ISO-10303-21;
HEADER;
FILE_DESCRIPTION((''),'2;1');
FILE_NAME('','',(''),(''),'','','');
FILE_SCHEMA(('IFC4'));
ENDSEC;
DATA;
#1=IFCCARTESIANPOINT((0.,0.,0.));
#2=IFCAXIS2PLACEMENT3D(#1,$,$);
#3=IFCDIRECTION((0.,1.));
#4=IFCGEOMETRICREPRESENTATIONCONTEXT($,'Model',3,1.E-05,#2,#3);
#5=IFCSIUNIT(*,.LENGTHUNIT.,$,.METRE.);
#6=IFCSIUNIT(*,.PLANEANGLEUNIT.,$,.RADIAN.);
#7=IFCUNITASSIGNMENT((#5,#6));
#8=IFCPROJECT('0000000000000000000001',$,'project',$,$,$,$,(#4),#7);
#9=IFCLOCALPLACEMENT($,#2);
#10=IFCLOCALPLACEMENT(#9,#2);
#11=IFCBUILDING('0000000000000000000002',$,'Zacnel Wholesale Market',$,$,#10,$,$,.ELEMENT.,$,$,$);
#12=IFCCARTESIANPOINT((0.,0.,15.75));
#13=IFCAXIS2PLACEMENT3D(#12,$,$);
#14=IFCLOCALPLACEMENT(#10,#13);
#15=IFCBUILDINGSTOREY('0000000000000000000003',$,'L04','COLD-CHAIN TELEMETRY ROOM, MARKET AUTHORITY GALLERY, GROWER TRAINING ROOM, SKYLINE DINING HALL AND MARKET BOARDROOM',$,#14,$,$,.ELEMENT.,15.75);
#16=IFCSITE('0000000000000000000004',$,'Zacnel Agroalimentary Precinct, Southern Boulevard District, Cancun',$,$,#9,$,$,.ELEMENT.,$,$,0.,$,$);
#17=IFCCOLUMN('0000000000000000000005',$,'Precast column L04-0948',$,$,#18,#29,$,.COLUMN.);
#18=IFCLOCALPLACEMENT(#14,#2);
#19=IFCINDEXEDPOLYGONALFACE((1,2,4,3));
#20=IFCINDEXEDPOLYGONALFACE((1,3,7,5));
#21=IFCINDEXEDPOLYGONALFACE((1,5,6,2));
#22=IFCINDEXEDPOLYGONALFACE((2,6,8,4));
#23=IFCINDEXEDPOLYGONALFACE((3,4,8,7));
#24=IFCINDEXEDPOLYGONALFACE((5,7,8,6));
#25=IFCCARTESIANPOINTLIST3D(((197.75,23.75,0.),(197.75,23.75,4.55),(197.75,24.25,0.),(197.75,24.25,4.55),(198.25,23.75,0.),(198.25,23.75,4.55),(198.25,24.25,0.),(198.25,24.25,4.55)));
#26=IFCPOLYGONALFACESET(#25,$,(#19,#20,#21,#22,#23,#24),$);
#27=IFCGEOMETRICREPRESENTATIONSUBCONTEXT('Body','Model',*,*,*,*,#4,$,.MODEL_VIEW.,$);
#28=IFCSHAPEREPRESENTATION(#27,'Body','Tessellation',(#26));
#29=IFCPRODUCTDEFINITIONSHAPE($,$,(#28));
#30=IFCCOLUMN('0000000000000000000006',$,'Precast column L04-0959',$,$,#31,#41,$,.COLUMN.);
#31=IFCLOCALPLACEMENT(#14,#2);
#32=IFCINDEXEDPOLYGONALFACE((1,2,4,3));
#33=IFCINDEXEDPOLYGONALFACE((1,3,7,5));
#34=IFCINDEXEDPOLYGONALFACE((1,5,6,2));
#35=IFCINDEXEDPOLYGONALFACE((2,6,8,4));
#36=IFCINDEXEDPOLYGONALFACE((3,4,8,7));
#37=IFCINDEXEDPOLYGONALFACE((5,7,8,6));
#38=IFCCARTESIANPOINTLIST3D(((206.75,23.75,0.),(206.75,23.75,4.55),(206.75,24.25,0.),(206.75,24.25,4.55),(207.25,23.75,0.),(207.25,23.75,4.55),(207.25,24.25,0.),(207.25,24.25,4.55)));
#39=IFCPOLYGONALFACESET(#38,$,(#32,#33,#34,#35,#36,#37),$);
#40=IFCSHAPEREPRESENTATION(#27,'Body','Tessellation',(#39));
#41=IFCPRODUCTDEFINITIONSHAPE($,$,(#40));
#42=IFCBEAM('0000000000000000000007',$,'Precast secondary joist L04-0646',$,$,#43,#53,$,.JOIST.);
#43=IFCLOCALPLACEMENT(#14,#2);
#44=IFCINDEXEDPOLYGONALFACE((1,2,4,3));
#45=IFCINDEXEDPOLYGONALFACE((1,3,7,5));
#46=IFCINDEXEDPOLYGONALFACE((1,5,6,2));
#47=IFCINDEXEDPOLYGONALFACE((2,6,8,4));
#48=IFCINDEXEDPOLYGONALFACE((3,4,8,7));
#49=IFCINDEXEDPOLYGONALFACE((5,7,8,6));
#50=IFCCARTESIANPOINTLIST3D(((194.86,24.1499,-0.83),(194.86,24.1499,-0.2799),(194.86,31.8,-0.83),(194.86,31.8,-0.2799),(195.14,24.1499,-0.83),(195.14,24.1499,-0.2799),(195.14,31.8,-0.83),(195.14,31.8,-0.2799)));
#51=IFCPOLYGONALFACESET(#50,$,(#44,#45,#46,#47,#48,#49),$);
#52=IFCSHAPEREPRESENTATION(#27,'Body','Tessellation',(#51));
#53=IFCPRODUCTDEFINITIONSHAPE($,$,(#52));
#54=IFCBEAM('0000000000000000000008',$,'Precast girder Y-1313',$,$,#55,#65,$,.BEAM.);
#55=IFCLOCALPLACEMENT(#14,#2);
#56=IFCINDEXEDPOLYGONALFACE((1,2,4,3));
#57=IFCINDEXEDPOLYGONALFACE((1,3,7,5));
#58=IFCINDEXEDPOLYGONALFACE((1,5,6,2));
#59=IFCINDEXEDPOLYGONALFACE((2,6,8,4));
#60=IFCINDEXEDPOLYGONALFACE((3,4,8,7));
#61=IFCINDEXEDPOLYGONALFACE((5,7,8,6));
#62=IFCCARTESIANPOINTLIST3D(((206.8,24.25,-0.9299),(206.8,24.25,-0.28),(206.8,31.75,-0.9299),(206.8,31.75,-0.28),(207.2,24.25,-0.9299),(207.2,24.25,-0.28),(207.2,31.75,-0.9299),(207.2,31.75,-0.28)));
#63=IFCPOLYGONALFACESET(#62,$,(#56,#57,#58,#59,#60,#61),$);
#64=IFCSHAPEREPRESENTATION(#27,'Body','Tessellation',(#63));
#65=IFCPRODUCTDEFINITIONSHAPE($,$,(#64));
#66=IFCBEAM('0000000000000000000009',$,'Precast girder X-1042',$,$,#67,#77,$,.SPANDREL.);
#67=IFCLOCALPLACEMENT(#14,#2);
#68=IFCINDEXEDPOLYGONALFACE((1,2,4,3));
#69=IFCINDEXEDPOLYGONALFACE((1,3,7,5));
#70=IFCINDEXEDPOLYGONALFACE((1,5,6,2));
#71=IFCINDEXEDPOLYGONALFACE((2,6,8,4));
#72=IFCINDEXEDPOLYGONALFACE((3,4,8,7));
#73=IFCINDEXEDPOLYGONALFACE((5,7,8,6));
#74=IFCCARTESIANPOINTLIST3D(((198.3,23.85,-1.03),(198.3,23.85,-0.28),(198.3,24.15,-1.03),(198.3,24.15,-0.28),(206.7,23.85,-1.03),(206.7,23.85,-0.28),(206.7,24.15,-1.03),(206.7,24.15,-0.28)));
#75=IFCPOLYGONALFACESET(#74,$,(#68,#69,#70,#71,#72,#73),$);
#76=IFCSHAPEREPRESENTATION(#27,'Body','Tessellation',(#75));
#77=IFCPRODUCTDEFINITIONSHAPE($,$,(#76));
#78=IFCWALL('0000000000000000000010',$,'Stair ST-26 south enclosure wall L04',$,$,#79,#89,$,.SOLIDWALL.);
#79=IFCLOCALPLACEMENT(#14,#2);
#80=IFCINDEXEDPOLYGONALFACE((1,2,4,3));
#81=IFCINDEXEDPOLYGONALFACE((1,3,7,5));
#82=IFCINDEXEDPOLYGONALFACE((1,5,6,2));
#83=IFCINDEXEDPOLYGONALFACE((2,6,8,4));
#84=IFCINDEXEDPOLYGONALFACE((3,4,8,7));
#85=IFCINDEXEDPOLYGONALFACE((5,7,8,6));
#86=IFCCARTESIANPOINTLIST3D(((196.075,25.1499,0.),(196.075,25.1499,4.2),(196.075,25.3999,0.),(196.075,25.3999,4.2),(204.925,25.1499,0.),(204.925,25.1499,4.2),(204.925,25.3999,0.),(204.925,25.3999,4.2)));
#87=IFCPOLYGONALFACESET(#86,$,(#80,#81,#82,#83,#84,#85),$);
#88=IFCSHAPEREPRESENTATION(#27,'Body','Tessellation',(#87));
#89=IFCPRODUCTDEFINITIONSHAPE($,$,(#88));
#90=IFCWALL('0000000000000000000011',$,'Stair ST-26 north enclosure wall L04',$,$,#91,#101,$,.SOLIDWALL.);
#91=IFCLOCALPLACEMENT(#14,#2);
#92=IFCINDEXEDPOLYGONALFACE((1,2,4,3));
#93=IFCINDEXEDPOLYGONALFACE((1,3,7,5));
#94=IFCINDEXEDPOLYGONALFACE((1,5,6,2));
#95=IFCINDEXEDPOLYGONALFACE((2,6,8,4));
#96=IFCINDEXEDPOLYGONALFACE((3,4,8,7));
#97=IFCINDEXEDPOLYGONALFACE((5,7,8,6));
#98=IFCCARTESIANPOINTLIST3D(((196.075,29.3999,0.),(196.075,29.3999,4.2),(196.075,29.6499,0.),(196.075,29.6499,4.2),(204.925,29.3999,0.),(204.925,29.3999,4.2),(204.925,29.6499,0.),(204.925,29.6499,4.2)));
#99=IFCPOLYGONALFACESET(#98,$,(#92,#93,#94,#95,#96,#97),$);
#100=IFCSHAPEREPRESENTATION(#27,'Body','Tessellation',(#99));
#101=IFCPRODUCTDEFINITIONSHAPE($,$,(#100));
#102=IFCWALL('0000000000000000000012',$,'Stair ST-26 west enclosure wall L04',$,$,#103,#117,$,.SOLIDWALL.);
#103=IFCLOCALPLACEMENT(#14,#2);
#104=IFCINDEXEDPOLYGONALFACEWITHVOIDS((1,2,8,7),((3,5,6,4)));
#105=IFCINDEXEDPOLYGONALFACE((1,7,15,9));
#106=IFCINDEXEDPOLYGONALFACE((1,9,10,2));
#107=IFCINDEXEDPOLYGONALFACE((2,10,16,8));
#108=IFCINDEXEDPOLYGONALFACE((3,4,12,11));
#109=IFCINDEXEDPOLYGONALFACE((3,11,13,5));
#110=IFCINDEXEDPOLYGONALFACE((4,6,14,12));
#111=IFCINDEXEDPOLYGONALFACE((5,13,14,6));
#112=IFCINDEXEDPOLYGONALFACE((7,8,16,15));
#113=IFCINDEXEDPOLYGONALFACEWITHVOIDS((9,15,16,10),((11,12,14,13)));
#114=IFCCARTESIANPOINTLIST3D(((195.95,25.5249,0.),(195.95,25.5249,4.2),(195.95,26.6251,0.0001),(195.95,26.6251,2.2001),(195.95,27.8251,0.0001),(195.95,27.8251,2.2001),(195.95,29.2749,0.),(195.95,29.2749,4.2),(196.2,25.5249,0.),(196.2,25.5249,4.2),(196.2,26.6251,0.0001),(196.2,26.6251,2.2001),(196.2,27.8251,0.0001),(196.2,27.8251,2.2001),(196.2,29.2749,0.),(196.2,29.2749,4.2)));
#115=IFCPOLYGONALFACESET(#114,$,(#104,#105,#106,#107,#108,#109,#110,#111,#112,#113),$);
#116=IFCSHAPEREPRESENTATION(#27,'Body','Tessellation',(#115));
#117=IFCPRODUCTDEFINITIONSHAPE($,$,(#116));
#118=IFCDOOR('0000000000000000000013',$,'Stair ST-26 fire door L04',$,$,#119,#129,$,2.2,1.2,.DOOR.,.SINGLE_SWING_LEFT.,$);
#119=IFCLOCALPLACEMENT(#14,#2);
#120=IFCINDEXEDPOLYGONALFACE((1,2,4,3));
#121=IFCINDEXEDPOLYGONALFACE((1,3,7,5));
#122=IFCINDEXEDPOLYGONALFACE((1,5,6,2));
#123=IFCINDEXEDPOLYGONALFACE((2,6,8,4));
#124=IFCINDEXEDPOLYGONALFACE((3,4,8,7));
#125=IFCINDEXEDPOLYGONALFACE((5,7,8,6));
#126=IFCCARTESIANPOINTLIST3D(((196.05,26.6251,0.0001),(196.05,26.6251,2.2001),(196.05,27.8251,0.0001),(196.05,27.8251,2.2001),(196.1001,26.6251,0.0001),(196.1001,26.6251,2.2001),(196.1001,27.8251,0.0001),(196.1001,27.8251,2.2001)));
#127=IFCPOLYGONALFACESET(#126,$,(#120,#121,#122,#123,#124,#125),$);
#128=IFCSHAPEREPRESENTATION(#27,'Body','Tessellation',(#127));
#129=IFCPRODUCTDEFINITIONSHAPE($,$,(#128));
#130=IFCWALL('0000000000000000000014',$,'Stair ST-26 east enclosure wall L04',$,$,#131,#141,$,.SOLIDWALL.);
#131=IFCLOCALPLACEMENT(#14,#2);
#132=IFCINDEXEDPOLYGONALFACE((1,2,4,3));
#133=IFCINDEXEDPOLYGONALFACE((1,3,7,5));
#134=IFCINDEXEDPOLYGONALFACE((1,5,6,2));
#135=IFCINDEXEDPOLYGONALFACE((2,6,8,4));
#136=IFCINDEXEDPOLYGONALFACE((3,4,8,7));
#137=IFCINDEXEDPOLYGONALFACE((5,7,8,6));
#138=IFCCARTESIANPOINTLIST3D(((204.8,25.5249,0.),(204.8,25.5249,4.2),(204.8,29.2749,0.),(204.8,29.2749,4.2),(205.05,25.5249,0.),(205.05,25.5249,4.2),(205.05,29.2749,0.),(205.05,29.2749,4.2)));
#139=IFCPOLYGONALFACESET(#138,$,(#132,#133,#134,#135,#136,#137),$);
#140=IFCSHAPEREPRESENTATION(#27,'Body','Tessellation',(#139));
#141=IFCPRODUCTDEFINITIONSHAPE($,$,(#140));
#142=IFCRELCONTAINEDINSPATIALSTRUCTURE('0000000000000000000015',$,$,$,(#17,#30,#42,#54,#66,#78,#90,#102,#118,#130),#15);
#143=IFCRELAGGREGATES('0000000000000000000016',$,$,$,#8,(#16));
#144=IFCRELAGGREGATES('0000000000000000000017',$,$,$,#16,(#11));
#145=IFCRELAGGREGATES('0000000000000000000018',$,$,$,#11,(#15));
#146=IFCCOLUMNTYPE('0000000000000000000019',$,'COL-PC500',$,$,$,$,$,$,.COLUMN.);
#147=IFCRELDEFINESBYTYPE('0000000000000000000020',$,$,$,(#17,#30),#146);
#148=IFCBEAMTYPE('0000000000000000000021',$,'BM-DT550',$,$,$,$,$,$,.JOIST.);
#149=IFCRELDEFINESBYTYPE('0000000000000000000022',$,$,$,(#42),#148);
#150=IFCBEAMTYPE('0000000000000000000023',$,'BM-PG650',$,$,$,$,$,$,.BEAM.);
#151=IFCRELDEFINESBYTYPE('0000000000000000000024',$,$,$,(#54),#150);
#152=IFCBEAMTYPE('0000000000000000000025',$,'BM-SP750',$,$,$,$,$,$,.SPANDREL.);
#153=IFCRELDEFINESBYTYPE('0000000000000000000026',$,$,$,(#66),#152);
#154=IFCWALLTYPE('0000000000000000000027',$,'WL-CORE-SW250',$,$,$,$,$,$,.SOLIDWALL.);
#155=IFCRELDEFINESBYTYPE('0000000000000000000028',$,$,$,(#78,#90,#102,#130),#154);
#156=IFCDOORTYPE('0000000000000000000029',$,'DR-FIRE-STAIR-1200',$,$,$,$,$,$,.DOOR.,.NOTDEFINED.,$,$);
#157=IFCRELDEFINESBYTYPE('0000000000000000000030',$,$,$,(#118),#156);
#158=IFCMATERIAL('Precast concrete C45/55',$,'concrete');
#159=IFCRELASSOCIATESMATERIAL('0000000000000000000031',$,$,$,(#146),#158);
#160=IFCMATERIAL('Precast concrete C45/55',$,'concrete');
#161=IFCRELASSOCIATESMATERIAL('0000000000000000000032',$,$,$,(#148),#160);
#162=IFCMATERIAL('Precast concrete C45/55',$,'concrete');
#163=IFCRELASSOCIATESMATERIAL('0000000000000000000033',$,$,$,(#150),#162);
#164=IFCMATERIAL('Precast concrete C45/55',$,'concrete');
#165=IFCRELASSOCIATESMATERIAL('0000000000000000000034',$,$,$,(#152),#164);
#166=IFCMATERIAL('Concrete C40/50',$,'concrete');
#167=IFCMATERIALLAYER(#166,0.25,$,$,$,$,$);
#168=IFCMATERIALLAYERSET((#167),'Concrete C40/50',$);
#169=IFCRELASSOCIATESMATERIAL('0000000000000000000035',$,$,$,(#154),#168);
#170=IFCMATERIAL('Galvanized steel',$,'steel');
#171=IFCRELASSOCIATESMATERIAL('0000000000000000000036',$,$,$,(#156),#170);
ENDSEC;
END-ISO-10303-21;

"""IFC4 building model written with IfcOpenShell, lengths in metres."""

from ifc_helpers import new_model, si_unit, direction, frame, frame_2d, origin, origin_2d, place, context, subcontext, project, spatial, rectangle, extrude, material, layer, layer_set, material_profile, profile_set, type_object, element, fill, save


model = new_model("IFC4")

# Units and contexts
model_context = context("Model", 3, precision=1e-05, world=origin(), true_north=direction((0.0, 1.0)))
body_context = subcontext(model_context, "Body", "Model", "MODEL_VIEW")
ifc_project = project(units=[si_unit("LENGTHUNIT", "METRE"), si_unit("PLANEANGLEUNIT", "RADIAN")], contexts=[model_context])

# Site, building, storey
site_placement = place(None, origin())
site = spatial("IfcSite", under=ifc_project, at=site_placement, Name="Zacnel Agroalimentary Precinct, Southern Boulevard District, Cancun", CompositionType="ELEMENT", RefElevation=0.0)
building_placement = place(site_placement, origin())
building = spatial("IfcBuilding", under=site, at=building_placement, Name="Zacnel Wholesale Market", CompositionType="ELEMENT")
storey_placement = place(building_placement, frame((0.0, 0.0, 15.75)))
storey = spatial("IfcBuildingStorey", under=building, at=storey_placement, Name="L04", Description="COLD-CHAIN TELEMETRY ROOM, MARKET AUTHORITY GALLERY, GROWER TRAINING ROOM, SKYLINE DINING HALL AND MARKET BOARDROOM", CompositionType="ELEMENT", Elevation=15.75)

# Columns
ifc_material_1 = material(Name="Precast concrete C45/55", Category="concrete")
ifc_material_profile_1 = material_profile(ifc_material_1, rectangle(XDim=0.5, YDim=0.5, at=origin_2d()), Name="PC 500x500")
ifc_profile_set_1 = profile_set([ifc_material_profile_1], Name="Precast concrete C45/55")
column_type = type_object("IfcColumnType", Name="COL-PC500", PredefinedType="COLUMN", material=ifc_profile_set_1)
for number, where, z_axis, x_axis, name in (
    (1, (198.0, 24.0, 0.0), (0.0, 0.0, 1.0), (1.0, 0.0, 0.0), "Precast column L04-0948"),
    (2, (207.0, 24.0, 0.0), (0.0, 0.0, 1.0), (1.0, 0.0, 0.0), "Precast column L04-0959"),
):
    element("IfcColumn", number, at=place(storey_placement, frame(where, z_axis=z_axis, x_axis=x_axis)), inside=storey, type_object=column_type, Name=name, PredefinedType="COLUMN", context=body_context, shape_type="SweptSolid", body=[
        extrude(rectangle(XDim=0.5, YDim=0.5, at=origin_2d()), origin(), (0.0, 0.0, 1.0), 4.55),
    ])

# Beams
ifc_material_2 = material(Name="Precast concrete C45/55", Category="concrete")
ifc_material_profile_2 = material_profile(ifc_material_2, rectangle(XDim=0.28, YDim=0.55, at=origin_2d()), Name="DT RIB 280x550")
ifc_profile_set_2 = profile_set([ifc_material_profile_2], Name="Precast concrete C45/55")
beam_type_1 = type_object("IfcBeamType", Name="BM-DT550", PredefinedType="JOIST", material=ifc_profile_set_2)
beam_1_placement = place(storey_placement, frame((195.0, 24.1499, -0.5549), z_axis=(0.0, 1.0, 0.0), x_axis=(-1.0, 0.0, 0.0)))
element("IfcBeam", 3, at=beam_1_placement, inside=storey, type_object=beam_type_1, Name="Precast secondary joist L04-0646", PredefinedType="JOIST", context=body_context, shape_type="SweptSolid", body=[
    extrude(rectangle(XDim=0.28, YDim=0.55, at=origin_2d()), origin(), (0.0, 0.0, 1.0), 7.6501),
])
ifc_material_3 = material(Name="Precast concrete C45/55", Category="concrete")
ifc_material_profile_3 = material_profile(ifc_material_3, rectangle(XDim=0.3999, YDim=0.6499, at=origin_2d()), Name="PG 400x650")
ifc_profile_set_3 = profile_set([ifc_material_profile_3], Name="Precast concrete C45/55")
beam_type_2 = type_object("IfcBeamType", Name="BM-PG650", PredefinedType="BEAM", material=ifc_profile_set_3)
beam_2_placement = place(storey_placement, frame((207.0, 24.25, -0.605), z_axis=(0.0, 1.0, 0.0), x_axis=(-1.0, 0.0, 0.0)))
element("IfcBeam", 4, at=beam_2_placement, inside=storey, type_object=beam_type_2, Name="Precast girder Y-1313", PredefinedType="BEAM", context=body_context, shape_type="SweptSolid", body=[
    extrude(rectangle(XDim=0.3999, YDim=0.6499, at=origin_2d()), origin(), (0.0, 0.0, 1.0), 7.5),
])
ifc_material_4 = material(Name="Precast concrete C45/55", Category="concrete")
ifc_material_profile_4 = material_profile(ifc_material_4, rectangle(XDim=0.3, YDim=0.75, at=origin_2d()), Name="SP 300x750")
ifc_profile_set_4 = profile_set([ifc_material_profile_4], Name="Precast concrete C45/55")
beam_type_3 = type_object("IfcBeamType", Name="BM-SP750", PredefinedType="SPANDREL", material=ifc_profile_set_4)
beam_3_placement = place(storey_placement, frame((198.3, 24.0, -0.655), z_axis=(1.0, 0.0, 0.0), x_axis=(0.0, 1.0, 0.0)))
element("IfcBeam", 5, at=beam_3_placement, inside=storey, type_object=beam_type_3, Name="Precast girder X-1042", PredefinedType="SPANDREL", context=body_context, shape_type="SweptSolid", body=[
    extrude(rectangle(XDim=0.3, YDim=0.75, at=origin_2d()), origin(), (0.0, 0.0, 1.0), 8.3999),
])

# Walls
ifc_material_5 = material(Name="Concrete C40/50", Category="concrete")
ifc_layer_1 = layer(ifc_material_5, 0.25)
ifc_layer_set_1 = layer_set([ifc_layer_1], Name="Concrete C40/50")
wall_type_1 = type_object("IfcWallType", Name="WL-CORE-SW250", PredefinedType="SOLIDWALL", material=ifc_layer_set_1)
for number, where, z_axis, x_axis, name in (
    (6, (196.075, 25.2749, 0.0), (0.0, 0.0, 1.0), (1.0, 0.0, 0.0), "Stair ST-26 south enclosure wall L04"),
    (7, (196.075, 29.5249, 0.0), (0.0, 0.0, 1.0), (1.0, 0.0, 0.0), "Stair ST-26 north enclosure wall L04"),
):
    element("IfcWall", number, at=place(storey_placement, frame(where, z_axis=z_axis, x_axis=x_axis)), inside=storey, type_object=wall_type_1, Name=name, PredefinedType="SOLIDWALL", context=body_context, shape_type="SweptSolid", body=[
        extrude(rectangle(XDim=8.8501, YDim=0.25, at=frame_2d((4.425, 0.0))), origin(), (0.0, 0.0, 1.0), 4.2),
    ])

# Wall, opening, door
wall_1_placement = place(storey_placement, frame((196.075, 25.5249, 0.0), z_axis=(0.0, 0.0, 1.0), x_axis=(0.0, 1.0, 0.0)))
wall_1 = element("IfcWall", 8, at=wall_1_placement, inside=storey, type_object=wall_type_1, Name="Stair ST-26 west enclosure wall L04", PredefinedType="SOLIDWALL", context=body_context, shape_type="SweptSolid", body=[
    extrude(rectangle(XDim=3.75, YDim=0.25, at=frame_2d((1.875, 0.0))), origin(), (0.0, 0.0, 1.0), 4.2),
])
opening_1_placement = place(wall_1_placement, frame((1.1001, 0.0, 0.0)))
opening_1 = element("IfcOpeningElement", 9, at=opening_1_placement, cuts=wall_1, PredefinedType="OPENING", context=body_context, shape_type="SweptSolid", body=[
    extrude(rectangle(XDim=1.2, YDim=2.2, at=frame_2d((0.6001, 1.1001))), frame((0.0, 0.135, 0.0), z_axis=(0.0, -1.0, 0.0), x_axis=(1.0, 0.0, 0.0)), (0.0, 0.0, 1.0), 0.27),
])
ifc_material_6 = material(Name="Galvanized steel", Category="steel")
door_type_1 = type_object("IfcDoorType", Name="DR-FIRE-STAIR-1200", OperationType="NOTDEFINED", PredefinedType="DOOR", material=ifc_material_6)
door_1_placement = place(opening_1_placement, origin())
door_1 = element("IfcDoor", 10, at=door_1_placement, inside=storey, type_object=door_type_1, Name="Stair ST-26 fire door L04", OperationType="SINGLE_SWING_LEFT", OverallHeight=2.2, OverallWidth=1.2, PredefinedType="DOOR", context=body_context, shape_type="SweptSolid", body=[
    extrude(rectangle(XDim=1.2, YDim=2.2, at=frame_2d((0.6001, 1.1001))), frame((0.0, 0.0249, 0.0), z_axis=(0.0, -1.0, 0.0), x_axis=(1.0, 0.0, 0.0)), (0.0, 0.0, 1.0), 0.05),
])
fill(opening_1, door_1)

# Wall
wall_2_placement = place(storey_placement, frame((204.925, 25.5249, 0.0), z_axis=(0.0, 0.0, 1.0), x_axis=(0.0, 1.0, 0.0)))
element("IfcWall", 11, at=wall_2_placement, inside=storey, type_object=wall_type_1, Name="Stair ST-26 east enclosure wall L04", PredefinedType="SOLIDWALL", context=body_context, shape_type="SweptSolid", body=[
    extrude(rectangle(XDim=3.75, YDim=0.25, at=frame_2d((1.875, 0.0))), origin(), (0.0, 0.0, 1.0), 4.2),
])

save(model, "model.ifc")
